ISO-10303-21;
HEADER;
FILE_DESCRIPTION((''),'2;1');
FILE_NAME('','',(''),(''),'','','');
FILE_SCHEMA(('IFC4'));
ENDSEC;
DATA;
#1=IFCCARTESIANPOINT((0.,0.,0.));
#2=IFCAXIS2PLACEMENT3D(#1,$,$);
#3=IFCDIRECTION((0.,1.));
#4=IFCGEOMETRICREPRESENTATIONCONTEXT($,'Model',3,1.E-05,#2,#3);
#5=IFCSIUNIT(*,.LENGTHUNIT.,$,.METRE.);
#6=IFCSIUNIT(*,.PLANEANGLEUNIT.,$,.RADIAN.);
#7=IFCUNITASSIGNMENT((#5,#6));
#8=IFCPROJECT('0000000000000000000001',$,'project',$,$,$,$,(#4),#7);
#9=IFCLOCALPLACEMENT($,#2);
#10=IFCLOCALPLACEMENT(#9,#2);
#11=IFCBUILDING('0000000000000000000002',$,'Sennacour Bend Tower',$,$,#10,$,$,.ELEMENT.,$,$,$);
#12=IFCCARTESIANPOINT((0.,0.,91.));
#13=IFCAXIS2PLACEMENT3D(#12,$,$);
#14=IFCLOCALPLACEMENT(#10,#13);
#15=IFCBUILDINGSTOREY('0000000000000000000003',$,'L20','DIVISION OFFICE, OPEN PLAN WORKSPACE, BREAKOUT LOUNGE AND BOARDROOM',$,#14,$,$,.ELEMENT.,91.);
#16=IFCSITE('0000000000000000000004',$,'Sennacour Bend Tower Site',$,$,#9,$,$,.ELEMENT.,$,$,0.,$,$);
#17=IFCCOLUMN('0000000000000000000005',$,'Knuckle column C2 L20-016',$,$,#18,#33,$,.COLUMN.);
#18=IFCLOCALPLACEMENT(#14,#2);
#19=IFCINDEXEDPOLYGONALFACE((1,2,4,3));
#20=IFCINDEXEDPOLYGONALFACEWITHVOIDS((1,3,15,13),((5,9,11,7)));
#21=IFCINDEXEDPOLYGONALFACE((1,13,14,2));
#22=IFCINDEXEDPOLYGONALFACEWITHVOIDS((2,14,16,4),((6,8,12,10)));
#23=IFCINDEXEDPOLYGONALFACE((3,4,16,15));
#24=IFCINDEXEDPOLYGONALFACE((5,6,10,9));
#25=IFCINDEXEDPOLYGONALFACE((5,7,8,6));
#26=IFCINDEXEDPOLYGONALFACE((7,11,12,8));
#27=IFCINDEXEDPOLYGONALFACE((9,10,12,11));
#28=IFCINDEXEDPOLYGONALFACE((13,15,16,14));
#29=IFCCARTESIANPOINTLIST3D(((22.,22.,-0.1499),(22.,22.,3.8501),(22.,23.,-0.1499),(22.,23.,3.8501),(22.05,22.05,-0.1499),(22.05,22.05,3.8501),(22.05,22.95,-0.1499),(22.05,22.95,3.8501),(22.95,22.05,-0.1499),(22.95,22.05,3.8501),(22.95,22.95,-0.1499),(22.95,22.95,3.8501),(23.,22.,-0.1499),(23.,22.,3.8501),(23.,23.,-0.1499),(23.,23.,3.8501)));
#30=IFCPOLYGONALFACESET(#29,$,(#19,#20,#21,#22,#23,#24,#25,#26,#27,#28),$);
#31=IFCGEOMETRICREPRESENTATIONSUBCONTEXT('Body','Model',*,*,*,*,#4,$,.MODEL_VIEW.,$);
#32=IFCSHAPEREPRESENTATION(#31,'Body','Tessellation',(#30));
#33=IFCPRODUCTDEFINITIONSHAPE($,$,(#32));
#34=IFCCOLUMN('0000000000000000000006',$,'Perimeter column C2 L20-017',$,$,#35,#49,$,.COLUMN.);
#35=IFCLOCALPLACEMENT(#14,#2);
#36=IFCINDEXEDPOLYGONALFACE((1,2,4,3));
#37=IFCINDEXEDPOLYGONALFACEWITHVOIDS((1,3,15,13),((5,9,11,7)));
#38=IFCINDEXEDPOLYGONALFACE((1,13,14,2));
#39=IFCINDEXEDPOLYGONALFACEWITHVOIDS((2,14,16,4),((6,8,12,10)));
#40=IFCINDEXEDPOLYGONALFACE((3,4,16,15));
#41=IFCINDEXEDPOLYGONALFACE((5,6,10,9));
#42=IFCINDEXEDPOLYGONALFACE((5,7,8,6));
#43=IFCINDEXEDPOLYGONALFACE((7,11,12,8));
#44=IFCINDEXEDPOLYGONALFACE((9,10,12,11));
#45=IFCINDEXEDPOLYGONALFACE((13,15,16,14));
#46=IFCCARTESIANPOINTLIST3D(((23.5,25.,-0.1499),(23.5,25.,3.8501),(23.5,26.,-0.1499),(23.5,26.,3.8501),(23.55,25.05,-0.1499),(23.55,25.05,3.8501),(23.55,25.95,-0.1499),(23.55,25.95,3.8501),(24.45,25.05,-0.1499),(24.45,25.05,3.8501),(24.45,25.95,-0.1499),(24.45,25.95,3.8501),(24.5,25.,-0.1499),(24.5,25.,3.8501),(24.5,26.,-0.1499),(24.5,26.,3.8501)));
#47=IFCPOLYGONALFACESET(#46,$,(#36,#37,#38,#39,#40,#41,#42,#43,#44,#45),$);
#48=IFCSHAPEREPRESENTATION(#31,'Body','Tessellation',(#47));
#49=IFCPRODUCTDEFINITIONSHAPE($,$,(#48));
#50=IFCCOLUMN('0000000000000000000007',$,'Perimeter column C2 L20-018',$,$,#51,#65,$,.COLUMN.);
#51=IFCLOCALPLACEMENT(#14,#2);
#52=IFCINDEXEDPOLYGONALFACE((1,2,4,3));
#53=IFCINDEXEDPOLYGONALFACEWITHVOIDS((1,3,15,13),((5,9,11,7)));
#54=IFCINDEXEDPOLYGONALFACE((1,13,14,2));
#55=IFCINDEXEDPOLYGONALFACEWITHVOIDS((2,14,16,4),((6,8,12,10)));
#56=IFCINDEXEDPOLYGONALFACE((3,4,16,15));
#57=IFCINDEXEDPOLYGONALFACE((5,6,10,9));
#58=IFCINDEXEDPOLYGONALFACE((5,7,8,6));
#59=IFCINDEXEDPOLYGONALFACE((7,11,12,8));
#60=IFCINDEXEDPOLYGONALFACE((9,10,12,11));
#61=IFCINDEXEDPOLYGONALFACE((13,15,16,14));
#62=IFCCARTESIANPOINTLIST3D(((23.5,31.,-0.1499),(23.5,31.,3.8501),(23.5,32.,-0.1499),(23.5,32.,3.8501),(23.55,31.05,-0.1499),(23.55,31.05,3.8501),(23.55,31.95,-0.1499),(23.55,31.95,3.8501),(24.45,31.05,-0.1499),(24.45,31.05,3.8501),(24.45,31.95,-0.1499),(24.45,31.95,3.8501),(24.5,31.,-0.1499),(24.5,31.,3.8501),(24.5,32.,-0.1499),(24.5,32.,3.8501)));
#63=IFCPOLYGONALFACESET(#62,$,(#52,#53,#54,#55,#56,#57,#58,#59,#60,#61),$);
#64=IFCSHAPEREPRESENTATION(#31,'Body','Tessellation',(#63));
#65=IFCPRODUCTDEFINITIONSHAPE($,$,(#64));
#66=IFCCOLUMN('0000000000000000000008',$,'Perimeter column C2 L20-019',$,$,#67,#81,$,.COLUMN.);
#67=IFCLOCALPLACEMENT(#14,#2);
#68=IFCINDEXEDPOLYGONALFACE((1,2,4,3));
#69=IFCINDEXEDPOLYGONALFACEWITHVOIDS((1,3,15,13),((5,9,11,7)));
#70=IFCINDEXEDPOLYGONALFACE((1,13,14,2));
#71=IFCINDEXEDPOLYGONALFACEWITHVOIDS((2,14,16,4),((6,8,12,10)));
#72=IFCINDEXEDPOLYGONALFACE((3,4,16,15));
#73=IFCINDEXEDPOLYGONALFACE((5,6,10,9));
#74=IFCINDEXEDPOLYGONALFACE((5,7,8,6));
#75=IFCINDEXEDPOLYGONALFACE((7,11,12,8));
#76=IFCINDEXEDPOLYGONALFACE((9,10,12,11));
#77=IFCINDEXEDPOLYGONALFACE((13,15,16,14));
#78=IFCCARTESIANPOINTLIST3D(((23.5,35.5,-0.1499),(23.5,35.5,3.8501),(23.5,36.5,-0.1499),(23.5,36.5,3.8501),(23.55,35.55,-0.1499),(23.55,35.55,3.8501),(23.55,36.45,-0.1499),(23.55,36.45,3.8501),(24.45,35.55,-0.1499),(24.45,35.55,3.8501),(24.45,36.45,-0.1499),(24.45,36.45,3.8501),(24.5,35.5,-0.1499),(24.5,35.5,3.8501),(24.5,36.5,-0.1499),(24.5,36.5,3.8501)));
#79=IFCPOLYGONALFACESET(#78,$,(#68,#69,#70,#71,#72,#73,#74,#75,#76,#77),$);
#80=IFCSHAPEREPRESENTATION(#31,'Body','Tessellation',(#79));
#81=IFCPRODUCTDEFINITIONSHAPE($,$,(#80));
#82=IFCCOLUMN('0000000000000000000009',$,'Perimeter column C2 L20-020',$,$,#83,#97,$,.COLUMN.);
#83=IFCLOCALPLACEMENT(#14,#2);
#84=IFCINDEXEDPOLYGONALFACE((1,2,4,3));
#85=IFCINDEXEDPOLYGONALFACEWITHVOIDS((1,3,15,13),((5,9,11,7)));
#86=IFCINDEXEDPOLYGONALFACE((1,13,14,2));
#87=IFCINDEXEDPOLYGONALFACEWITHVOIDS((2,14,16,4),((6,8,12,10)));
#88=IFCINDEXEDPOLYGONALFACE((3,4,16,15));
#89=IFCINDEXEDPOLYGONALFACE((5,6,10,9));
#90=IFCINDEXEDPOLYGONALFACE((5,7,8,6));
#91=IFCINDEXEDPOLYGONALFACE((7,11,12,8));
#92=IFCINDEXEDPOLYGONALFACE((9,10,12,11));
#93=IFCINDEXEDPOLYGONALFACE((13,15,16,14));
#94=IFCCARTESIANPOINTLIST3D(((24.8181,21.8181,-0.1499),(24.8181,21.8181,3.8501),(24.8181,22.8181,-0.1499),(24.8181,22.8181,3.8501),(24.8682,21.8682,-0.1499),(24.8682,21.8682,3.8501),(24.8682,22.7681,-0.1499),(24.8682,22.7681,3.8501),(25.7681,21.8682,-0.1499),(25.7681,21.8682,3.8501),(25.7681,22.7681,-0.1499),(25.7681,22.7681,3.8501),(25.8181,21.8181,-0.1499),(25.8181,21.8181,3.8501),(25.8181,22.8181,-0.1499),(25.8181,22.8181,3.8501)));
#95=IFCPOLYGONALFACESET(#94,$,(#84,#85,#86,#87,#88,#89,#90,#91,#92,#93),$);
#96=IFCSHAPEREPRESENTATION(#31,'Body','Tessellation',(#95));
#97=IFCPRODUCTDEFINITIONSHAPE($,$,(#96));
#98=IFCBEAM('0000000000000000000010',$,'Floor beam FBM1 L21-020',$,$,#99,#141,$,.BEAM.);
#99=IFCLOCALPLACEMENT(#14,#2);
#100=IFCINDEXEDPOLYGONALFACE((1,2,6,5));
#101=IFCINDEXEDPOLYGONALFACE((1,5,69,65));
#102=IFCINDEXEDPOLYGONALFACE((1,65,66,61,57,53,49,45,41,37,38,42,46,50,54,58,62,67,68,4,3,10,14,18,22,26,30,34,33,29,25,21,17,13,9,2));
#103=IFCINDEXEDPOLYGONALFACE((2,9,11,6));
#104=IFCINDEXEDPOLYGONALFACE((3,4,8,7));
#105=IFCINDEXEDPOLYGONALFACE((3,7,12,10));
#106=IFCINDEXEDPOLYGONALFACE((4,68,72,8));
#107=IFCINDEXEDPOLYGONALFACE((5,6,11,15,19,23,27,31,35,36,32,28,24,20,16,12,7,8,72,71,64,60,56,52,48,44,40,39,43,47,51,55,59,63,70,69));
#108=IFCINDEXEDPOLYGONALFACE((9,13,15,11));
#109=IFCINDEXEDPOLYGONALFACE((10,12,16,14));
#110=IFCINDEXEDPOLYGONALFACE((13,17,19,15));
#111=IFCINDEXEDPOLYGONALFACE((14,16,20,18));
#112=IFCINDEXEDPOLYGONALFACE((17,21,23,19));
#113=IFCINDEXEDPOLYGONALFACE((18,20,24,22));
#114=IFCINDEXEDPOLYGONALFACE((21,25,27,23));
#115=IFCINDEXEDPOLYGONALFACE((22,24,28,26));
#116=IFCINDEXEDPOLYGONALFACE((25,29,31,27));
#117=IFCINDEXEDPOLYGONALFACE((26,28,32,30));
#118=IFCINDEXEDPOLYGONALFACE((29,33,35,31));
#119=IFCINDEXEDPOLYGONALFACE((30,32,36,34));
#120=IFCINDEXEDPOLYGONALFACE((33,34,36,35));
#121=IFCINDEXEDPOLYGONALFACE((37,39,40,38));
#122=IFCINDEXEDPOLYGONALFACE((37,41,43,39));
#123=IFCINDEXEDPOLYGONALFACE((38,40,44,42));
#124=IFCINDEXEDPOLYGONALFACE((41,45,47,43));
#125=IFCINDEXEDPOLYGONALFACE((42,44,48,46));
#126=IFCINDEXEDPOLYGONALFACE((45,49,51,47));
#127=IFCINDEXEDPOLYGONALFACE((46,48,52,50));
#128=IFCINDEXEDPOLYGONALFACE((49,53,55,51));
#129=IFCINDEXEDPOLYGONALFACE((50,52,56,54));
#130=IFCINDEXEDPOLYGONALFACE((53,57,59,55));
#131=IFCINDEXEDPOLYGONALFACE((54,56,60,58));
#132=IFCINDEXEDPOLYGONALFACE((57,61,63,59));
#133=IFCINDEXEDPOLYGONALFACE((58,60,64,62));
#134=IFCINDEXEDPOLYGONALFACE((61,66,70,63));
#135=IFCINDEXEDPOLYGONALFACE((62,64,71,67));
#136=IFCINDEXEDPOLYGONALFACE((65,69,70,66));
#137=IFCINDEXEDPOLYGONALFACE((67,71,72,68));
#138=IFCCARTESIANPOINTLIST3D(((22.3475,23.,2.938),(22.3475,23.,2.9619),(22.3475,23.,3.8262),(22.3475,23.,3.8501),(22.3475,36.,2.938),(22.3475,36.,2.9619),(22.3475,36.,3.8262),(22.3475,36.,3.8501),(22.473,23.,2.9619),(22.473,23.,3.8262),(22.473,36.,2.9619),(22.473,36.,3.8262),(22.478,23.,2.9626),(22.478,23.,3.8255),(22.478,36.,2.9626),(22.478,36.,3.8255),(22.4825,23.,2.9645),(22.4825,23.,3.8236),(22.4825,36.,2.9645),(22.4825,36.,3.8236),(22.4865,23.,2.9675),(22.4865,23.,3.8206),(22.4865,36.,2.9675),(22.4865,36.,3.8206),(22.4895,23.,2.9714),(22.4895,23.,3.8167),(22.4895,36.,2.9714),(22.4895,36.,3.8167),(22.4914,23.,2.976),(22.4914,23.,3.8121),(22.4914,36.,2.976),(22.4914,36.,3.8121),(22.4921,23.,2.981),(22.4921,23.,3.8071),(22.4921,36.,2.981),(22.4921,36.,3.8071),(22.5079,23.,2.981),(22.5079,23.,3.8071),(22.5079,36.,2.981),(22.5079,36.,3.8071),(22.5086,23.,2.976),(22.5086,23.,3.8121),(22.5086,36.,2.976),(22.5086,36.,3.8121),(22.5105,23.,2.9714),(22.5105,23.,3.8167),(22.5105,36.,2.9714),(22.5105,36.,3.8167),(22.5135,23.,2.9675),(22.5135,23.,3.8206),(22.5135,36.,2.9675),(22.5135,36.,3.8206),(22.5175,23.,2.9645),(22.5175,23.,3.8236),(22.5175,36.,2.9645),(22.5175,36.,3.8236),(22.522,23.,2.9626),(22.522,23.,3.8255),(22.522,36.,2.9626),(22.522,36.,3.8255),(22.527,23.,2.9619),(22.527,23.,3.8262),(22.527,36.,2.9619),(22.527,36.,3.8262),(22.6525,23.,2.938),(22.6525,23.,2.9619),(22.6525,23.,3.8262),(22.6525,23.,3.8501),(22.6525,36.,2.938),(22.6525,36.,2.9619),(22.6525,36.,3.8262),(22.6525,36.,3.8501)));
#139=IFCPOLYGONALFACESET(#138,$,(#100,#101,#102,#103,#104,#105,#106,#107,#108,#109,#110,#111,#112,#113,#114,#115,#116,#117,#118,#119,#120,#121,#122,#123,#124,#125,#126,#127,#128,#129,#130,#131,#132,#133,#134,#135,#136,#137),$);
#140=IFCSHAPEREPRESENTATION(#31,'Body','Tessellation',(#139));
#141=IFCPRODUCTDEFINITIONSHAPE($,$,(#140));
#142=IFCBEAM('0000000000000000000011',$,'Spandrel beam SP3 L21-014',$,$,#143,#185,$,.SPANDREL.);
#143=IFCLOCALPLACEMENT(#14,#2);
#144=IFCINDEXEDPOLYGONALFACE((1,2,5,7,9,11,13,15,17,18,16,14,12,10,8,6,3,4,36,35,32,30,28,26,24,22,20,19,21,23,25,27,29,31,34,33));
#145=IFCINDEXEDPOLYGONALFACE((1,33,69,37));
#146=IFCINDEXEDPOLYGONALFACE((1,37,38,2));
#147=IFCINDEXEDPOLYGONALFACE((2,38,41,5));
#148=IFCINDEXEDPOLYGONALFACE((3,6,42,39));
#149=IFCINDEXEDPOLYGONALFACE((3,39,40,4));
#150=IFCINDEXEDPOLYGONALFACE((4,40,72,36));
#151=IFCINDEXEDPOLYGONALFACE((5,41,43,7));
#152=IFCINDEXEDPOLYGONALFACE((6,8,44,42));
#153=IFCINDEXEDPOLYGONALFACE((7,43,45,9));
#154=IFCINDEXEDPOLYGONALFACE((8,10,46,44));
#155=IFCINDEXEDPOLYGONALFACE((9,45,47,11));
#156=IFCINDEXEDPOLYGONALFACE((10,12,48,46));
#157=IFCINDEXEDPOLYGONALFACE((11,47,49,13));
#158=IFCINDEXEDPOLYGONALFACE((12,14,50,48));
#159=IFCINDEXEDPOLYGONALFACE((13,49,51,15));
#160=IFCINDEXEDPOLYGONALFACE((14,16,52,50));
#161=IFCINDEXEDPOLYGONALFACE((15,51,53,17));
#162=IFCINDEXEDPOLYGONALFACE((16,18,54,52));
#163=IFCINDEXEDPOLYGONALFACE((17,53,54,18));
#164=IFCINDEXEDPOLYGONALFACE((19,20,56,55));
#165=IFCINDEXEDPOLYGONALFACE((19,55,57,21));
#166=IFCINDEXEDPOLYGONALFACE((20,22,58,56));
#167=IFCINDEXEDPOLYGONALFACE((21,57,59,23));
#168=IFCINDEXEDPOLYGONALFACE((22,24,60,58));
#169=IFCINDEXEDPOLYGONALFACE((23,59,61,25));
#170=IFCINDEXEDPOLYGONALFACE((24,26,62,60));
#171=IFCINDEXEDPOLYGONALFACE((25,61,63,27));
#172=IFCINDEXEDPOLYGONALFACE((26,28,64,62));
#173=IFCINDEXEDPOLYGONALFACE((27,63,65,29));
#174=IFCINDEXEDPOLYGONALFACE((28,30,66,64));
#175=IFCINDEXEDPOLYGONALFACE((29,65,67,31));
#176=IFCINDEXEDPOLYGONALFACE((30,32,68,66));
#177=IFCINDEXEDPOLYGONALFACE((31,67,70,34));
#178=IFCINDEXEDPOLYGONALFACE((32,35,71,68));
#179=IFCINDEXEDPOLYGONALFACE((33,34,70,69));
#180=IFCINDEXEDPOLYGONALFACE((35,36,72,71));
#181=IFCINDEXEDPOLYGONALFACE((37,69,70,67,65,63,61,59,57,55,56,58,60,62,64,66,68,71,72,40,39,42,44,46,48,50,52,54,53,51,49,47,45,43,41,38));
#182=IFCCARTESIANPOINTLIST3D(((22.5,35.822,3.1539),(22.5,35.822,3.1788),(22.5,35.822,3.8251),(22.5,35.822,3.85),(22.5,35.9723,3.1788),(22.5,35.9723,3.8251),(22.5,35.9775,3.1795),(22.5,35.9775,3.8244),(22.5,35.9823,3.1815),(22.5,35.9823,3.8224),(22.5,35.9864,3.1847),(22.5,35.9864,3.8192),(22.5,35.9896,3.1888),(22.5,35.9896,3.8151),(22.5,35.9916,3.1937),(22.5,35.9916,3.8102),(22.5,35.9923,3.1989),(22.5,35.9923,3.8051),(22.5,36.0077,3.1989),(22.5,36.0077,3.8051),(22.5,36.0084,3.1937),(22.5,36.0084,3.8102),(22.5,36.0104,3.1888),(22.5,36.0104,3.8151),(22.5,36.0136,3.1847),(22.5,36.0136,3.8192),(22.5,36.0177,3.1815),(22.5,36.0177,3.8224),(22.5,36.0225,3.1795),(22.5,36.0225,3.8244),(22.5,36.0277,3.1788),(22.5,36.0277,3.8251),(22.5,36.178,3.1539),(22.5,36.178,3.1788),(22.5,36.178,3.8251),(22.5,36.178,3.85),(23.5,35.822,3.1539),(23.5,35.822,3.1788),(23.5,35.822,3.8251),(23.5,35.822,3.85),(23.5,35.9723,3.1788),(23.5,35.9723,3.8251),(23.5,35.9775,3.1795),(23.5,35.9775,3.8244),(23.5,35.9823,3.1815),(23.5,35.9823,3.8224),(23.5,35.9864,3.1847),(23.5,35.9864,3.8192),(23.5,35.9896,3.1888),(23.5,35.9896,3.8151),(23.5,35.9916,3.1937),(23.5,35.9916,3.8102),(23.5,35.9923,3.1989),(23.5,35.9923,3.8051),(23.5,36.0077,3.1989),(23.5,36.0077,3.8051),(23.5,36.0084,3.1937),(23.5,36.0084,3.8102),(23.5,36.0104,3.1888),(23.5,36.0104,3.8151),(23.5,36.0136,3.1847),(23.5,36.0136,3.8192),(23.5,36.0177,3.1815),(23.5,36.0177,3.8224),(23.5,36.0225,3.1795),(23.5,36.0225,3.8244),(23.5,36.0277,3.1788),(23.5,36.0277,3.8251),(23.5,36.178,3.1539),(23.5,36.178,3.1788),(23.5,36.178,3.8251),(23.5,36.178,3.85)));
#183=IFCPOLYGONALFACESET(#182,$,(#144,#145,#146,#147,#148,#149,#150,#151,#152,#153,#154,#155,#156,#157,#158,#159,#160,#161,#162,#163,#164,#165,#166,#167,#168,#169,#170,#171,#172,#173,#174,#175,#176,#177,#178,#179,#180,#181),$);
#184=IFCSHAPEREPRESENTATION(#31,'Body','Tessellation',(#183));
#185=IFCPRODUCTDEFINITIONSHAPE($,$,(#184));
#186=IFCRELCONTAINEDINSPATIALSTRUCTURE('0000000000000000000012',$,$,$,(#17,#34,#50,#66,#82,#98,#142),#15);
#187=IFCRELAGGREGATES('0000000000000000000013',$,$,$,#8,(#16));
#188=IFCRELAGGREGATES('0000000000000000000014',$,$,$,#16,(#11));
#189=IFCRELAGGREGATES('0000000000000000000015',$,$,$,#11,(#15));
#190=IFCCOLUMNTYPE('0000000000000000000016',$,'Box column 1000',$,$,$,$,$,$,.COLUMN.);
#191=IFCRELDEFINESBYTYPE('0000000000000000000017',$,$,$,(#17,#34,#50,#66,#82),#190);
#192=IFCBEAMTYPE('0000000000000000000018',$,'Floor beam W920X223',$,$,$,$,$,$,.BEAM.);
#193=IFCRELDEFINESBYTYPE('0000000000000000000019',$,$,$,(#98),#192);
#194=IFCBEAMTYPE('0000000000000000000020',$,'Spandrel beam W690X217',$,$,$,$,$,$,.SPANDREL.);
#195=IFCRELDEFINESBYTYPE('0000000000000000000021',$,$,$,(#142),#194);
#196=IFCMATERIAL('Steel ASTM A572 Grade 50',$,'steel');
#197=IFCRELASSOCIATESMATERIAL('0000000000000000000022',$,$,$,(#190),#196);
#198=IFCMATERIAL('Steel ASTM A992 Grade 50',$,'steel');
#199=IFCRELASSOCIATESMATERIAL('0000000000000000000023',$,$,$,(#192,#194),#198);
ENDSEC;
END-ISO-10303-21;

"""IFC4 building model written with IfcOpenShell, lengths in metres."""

from ifc_helpers import new_model, si_unit, direction, frame, origin, origin_2d, place, context, subcontext, project, spatial, hollow_rectangle, i_section, extrude, material, material_profile, profile_set, type_object, element, save


model = new_model("IFC4")

# Units and contexts
model_context = context("Model", 3, precision=1e-05, world=origin(), true_north=direction((0.0, 1.0)))
body_context = subcontext(model_context, "Body", "Model", "MODEL_VIEW")
ifc_project = project(units=[si_unit("LENGTHUNIT", "METRE"), si_unit("PLANEANGLEUNIT", "RADIAN")], contexts=[model_context])

# Site, building, storey
site_placement = place(None, origin())
site = spatial("IfcSite", under=ifc_project, at=site_placement, Name="Sennacour Bend Tower Site", CompositionType="ELEMENT", RefElevation=0.0)
building_placement = place(site_placement, origin())
building = spatial("IfcBuilding", under=site, at=building_placement, Name="Sennacour Bend Tower", CompositionType="ELEMENT")
storey_placement = place(building_placement, frame((0.0, 0.0, 91.0)))
storey = spatial("IfcBuildingStorey", under=building, at=storey_placement, Name="L20", Description="DIVISION OFFICE, OPEN PLAN WORKSPACE, BREAKOUT LOUNGE AND BOARDROOM", CompositionType="ELEMENT", Elevation=91.0)

# Columns
ifc_material_1 = material(Name="Steel ASTM A572 Grade 50", Category="steel")
ifc_material_profile_1 = material_profile(ifc_material_1, hollow_rectangle(XDim=1.0, YDim=1.0, WallThickness=0.05, at=origin_2d()), Name="Steel ASTM A572 Grade 50", Category="steel")
ifc_profile_set_1 = profile_set([ifc_material_profile_1], Name="Steel ASTM A572 Grade 50")
column_type = type_object("IfcColumnType", Name="Box column 1000", PredefinedType="COLUMN", material=ifc_profile_set_1)
for number, where, z_axis, x_axis, name in (
    (1, (22.5, 22.5, -0.1499), (0.0, 0.0, 1.0), (1.0, 0.0, 0.0), "Knuckle column C2 L20-016"),
    (2, (24.0, 25.5, -0.1499), (0.0, 0.0, 1.0), (1.0, 0.0, 0.0), "Perimeter column C2 L20-017"),
    (3, (24.0, 31.5, -0.1499), (0.0, 0.0, 1.0), (1.0, 0.0, 0.0), "Perimeter column C2 L20-018"),
    (4, (24.0, 36.0, -0.1499), (0.0, 0.0, 1.0), (1.0, 0.0, 0.0), "Perimeter column C2 L20-019"),
    (5, (25.3181, 22.3181, -0.1499), (0.0, 0.0, 1.0), (1.0, 0.0, 0.0), "Perimeter column C2 L20-020"),
):
    element("IfcColumn", number, at=place(storey_placement, frame(where, z_axis=z_axis, x_axis=x_axis)), inside=storey, type_object=column_type, Name=name, PredefinedType="COLUMN", context=body_context, shape_type="SweptSolid", body=[
        extrude(hollow_rectangle(XDim=1.0, YDim=1.0, WallThickness=0.05, at=origin_2d()), origin(), (0.0, 0.0, 1.0), 4.0),
    ])

# Beams
ifc_material_2 = material(Name="Steel ASTM A992 Grade 50", Category="steel")
ifc_material_profile_2 = material_profile(ifc_material_2, i_section(OverallWidth=0.3049, OverallDepth=0.9121, WebThickness=0.0159, FlangeThickness=0.0239, FilletRadius=0.019, at=origin_2d()), Name="Steel ASTM A992 Grade 50", Category="steel")
ifc_profile_set_2 = profile_set([ifc_material_profile_2], Name="Steel ASTM A992 Grade 50")
beam_type_1 = type_object("IfcBeamType", Name="Floor beam W920X223", PredefinedType="BEAM", material=ifc_profile_set_2)
beam_1_placement = place(storey_placement, frame((22.5, 23.0, 3.394), z_axis=(0.0, 1.0, 0.0), x_axis=(-1.0, 0.0, 0.0)))
element("IfcBeam", 6, at=beam_1_placement, inside=storey, type_object=beam_type_1, Name="Floor beam FBM1 L21-020", PredefinedType="BEAM", context=body_context, shape_type="SweptSolid", body=[
    extrude(i_section(OverallWidth=0.3049, OverallDepth=0.9121, WebThickness=0.0159, FlangeThickness=0.0239, FilletRadius=0.019, at=origin_2d()), origin(), (0.0, 0.0, 1.0), 13.0),
])
ifc_material_profile_3 = material_profile(ifc_material_2, i_section(OverallWidth=0.356, OverallDepth=0.696, WebThickness=0.0154, FlangeThickness=0.0249, FilletRadius=0.02, at=origin_2d()), Name="Steel ASTM A992 Grade 50", Category="steel")
ifc_profile_set_3 = profile_set([ifc_material_profile_3], Name="Steel ASTM A992 Grade 50")
beam_type_2 = type_object("IfcBeamType", Name="Spandrel beam W690X217", PredefinedType="SPANDREL", material=ifc_profile_set_3)
beam_2_placement = place(storey_placement, frame((22.5, 36.0, 3.502), z_axis=(1.0, 0.0, 0.0), x_axis=(0.0, 1.0, 0.0)))
element("IfcBeam", 7, at=beam_2_placement, inside=storey, type_object=beam_type_2, Name="Spandrel beam SP3 L21-014", PredefinedType="SPANDREL", context=body_context, shape_type="SweptSolid", body=[
    extrude(i_section(OverallWidth=0.356, OverallDepth=0.696, WebThickness=0.0154, FlangeThickness=0.0249, FilletRadius=0.02, at=origin_2d()), origin(), (0.0, 0.0, 1.0), 1.0),
])

save(model, "model.ifc")
